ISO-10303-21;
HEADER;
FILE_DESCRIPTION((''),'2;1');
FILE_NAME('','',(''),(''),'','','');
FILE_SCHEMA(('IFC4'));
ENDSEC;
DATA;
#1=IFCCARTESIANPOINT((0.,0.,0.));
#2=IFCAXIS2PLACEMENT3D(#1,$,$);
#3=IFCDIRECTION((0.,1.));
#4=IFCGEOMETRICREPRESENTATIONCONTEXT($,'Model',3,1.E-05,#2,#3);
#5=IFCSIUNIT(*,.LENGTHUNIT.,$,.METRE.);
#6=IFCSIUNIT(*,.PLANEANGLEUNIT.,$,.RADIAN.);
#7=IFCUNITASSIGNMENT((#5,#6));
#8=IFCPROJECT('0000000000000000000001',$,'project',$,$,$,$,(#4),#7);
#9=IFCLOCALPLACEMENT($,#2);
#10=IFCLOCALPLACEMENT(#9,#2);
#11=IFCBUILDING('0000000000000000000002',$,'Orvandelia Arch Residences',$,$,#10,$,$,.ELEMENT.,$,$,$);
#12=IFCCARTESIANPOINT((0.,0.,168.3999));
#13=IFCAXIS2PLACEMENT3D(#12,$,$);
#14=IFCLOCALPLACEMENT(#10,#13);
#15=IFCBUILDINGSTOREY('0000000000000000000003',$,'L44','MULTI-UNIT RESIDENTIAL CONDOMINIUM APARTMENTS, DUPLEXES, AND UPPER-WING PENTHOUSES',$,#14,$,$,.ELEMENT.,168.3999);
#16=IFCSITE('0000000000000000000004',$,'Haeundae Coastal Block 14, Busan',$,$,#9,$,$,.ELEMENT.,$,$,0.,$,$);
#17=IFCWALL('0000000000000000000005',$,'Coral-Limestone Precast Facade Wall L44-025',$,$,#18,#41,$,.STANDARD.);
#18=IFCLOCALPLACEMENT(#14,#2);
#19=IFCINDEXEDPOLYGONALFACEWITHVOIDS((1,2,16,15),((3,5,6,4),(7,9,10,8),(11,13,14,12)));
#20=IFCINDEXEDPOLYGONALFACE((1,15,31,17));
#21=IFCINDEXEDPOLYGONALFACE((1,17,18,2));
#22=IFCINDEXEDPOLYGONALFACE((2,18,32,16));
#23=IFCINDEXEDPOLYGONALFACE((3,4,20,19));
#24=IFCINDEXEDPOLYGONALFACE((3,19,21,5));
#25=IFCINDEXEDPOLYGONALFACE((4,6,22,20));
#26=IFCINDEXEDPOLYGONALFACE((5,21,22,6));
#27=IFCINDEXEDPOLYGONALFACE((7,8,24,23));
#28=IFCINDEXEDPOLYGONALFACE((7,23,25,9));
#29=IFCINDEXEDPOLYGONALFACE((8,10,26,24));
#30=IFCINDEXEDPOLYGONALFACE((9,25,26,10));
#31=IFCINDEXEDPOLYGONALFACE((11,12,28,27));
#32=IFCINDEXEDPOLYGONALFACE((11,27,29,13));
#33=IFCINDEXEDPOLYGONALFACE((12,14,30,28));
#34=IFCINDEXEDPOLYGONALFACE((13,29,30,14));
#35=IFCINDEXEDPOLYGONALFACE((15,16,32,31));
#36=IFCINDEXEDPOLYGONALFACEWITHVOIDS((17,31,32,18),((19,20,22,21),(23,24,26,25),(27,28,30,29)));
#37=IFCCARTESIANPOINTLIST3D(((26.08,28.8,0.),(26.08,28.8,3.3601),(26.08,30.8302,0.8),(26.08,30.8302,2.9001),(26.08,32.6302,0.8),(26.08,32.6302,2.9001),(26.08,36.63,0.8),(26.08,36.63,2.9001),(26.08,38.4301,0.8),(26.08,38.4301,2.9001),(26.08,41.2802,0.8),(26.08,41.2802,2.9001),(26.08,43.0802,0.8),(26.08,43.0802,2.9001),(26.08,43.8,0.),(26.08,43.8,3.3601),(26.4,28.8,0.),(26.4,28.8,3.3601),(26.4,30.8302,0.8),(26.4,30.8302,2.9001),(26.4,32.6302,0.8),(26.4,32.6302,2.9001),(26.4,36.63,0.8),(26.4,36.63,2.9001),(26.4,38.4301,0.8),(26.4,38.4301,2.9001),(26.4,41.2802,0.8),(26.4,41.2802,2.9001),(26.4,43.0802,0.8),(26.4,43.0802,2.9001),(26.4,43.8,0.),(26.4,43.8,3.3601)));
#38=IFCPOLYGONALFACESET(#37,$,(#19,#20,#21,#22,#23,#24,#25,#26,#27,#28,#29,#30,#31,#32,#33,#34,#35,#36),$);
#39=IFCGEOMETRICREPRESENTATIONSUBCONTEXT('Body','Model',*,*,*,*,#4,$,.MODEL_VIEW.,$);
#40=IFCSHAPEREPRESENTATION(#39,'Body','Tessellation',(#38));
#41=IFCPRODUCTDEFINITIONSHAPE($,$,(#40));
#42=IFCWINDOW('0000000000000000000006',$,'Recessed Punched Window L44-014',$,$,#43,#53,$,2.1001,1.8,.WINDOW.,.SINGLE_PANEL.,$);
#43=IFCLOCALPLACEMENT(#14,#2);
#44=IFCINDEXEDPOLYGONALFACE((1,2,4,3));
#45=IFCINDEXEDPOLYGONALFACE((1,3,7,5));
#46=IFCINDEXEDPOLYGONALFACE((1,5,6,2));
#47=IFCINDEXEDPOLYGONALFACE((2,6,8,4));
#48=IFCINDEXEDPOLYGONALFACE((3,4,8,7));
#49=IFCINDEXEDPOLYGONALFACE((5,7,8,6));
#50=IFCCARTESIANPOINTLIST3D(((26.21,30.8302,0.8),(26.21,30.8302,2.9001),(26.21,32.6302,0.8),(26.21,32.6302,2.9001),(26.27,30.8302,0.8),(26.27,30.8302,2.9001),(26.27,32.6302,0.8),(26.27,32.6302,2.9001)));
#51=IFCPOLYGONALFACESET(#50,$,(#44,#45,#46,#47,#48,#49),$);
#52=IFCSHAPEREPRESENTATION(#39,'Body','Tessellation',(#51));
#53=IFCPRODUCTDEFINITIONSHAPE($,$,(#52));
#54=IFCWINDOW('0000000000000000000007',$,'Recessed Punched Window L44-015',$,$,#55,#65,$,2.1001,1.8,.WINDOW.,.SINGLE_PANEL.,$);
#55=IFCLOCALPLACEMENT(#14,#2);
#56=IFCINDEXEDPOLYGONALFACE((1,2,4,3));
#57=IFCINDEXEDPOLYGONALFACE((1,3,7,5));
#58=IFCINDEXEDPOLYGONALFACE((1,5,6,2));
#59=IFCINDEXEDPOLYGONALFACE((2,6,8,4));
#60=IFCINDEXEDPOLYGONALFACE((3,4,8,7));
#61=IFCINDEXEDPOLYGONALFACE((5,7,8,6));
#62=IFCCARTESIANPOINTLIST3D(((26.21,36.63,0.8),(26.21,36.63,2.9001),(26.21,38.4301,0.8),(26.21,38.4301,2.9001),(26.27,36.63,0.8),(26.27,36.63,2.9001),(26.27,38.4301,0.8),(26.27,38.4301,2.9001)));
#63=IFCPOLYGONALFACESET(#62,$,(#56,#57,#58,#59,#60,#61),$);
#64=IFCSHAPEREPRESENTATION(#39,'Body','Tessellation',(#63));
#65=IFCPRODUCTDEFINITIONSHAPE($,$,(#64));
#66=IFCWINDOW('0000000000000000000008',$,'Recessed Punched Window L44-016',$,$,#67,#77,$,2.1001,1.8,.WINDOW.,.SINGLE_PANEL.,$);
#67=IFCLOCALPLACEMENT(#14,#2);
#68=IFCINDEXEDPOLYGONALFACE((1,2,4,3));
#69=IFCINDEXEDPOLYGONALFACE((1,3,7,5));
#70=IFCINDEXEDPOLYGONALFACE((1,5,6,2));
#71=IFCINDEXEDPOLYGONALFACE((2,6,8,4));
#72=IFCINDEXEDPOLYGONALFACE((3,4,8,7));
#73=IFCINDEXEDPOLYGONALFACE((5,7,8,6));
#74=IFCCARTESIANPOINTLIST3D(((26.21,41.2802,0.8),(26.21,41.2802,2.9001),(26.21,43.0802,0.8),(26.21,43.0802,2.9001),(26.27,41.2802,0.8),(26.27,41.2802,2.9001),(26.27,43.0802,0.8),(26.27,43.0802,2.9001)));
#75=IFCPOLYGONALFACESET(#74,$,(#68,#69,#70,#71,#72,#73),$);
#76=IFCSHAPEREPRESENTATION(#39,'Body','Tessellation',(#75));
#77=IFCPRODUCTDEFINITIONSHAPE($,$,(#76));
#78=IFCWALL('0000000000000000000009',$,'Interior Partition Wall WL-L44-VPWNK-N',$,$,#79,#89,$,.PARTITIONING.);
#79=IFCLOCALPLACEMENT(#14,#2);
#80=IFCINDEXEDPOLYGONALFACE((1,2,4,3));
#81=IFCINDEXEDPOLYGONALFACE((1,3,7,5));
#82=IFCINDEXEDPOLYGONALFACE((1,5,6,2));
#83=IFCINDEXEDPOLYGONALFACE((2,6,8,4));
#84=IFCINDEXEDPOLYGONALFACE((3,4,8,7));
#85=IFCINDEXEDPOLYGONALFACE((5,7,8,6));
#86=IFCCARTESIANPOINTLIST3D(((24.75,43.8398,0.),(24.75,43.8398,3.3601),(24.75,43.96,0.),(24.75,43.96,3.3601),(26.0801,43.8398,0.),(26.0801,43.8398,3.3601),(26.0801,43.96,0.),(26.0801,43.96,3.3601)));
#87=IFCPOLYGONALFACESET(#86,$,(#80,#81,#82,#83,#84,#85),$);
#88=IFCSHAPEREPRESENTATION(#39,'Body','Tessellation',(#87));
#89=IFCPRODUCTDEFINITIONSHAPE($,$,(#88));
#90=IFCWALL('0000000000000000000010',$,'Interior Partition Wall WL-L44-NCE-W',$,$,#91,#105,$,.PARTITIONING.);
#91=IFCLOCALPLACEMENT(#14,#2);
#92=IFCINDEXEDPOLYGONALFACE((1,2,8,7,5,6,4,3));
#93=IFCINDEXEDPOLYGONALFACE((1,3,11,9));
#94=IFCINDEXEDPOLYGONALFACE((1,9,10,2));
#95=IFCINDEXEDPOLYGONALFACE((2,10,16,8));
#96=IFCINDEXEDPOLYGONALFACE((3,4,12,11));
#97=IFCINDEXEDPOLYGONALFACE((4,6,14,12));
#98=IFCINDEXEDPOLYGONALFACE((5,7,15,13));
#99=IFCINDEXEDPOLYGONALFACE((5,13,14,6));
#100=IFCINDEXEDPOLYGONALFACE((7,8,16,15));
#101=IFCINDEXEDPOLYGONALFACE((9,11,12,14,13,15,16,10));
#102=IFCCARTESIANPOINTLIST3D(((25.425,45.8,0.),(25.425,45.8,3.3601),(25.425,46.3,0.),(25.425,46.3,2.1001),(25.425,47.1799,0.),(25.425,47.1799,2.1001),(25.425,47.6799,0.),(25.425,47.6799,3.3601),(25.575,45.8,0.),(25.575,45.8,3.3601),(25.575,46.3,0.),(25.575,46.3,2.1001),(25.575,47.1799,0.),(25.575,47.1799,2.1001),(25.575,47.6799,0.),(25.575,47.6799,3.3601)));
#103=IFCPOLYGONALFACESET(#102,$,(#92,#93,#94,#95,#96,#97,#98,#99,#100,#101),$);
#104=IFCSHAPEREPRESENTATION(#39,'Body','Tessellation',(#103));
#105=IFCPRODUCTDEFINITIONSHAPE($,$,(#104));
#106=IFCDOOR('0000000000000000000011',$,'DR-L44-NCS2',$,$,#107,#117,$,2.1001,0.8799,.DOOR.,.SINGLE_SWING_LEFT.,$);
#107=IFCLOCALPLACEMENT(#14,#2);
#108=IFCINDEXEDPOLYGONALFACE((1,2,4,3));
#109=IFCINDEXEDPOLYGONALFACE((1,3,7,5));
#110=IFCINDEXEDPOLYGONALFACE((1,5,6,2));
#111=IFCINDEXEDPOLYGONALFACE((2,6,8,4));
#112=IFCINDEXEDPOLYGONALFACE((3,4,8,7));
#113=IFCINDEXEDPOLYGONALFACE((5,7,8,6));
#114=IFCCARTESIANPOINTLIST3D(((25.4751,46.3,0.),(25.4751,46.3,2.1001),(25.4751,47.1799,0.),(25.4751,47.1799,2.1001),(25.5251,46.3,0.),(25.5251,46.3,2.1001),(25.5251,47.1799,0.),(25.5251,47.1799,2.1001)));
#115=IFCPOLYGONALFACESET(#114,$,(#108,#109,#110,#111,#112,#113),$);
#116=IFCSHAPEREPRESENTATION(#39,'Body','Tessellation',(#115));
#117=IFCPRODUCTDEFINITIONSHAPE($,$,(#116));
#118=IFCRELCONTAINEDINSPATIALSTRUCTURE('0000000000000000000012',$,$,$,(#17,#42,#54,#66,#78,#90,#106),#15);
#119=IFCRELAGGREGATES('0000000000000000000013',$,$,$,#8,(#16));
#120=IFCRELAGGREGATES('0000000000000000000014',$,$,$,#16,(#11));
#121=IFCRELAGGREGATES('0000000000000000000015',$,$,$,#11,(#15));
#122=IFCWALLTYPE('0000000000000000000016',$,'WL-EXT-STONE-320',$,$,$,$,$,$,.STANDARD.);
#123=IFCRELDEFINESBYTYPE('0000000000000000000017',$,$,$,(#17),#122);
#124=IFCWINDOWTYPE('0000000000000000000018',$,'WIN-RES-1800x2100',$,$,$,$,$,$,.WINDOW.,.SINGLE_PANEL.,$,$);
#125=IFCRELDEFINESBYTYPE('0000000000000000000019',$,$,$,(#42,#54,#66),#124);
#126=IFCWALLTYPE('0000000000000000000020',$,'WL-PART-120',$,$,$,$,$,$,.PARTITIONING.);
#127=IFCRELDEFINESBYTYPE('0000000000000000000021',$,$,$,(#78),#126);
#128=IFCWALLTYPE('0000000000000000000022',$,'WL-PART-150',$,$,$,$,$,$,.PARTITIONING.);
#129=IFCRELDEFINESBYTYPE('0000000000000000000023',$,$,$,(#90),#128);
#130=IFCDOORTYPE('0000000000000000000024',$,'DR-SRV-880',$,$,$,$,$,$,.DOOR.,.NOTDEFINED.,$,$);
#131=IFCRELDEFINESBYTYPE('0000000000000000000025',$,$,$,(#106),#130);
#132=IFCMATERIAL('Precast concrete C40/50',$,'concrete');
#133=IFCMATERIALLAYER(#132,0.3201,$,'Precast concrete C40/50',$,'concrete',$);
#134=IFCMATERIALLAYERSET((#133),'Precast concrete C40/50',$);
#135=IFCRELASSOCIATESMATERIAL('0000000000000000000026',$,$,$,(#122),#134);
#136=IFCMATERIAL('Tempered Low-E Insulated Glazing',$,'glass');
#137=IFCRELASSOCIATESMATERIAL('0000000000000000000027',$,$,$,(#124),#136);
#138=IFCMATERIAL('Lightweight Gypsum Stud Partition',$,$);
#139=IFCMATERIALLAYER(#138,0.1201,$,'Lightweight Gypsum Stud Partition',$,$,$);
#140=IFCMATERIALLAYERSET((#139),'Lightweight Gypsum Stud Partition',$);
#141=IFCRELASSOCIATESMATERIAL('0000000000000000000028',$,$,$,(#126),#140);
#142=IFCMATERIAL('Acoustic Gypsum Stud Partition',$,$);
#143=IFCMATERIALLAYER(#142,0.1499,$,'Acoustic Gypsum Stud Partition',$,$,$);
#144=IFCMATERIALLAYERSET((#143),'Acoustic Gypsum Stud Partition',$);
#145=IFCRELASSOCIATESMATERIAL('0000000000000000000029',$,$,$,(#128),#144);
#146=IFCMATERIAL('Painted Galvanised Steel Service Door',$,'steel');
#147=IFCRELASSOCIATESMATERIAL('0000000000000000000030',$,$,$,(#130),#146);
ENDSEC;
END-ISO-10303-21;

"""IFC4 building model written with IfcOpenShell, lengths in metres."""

from ifc_helpers import new_model, si_unit, direction, frame, frame_2d, origin, place, context, subcontext, project, spatial, rectangle, extrude, material, layer, layer_set, type_object, element, fill, save


model = new_model("IFC4")

# Units and contexts
model_context = context("Model", 3, precision=1e-05, world=origin(), true_north=direction((0.0, 1.0)))
body_context = subcontext(model_context, "Body", "Model", "MODEL_VIEW")
ifc_project = project(units=[si_unit("LENGTHUNIT", "METRE"), si_unit("PLANEANGLEUNIT", "RADIAN")], contexts=[model_context])

# Site, building, storey
site_placement = place(None, origin())
site = spatial("IfcSite", under=ifc_project, at=site_placement, Name="Haeundae Coastal Block 14, Busan", CompositionType="ELEMENT", RefElevation=0.0)
building_placement = place(site_placement, origin())
building = spatial("IfcBuilding", under=site, at=building_placement, Name="Orvandelia Arch Residences", CompositionType="ELEMENT")
storey_placement = place(building_placement, frame((0.0, 0.0, 168.3999)))
storey = spatial("IfcBuildingStorey", under=building, at=storey_placement, Name="L44", Description="MULTI-UNIT RESIDENTIAL CONDOMINIUM APARTMENTS, DUPLEXES, AND UPPER-WING PENTHOUSES", CompositionType="ELEMENT", Elevation=168.3999)

# Shared definitions
ifc_material_1 = material(Name="Precast concrete C40/50", Category="concrete")
ifc_layer_1 = layer(ifc_material_1, 0.3201, Name="Precast concrete C40/50", Category="concrete")
ifc_layer_set_1 = layer_set([ifc_layer_1], Name="Precast concrete C40/50")
wall_type_1 = type_object("IfcWallType", Name="WL-EXT-STONE-320", PredefinedType="STANDARD", material=ifc_layer_set_1)
ifc_material_2 = material(Name="Tempered Low-E Insulated Glazing", Category="glass")
window_type = type_object("IfcWindowType", Name="WIN-RES-1800x2100", PartitioningType="SINGLE_PANEL", PredefinedType="WINDOW", material=ifc_material_2)

# Wall, openings, windows
wall_1_placement = place(storey_placement, frame((26.24, 43.8, 0.0), z_axis=(0.0, 0.0, 1.0), x_axis=(0.0, -1.0, 0.0)))
wall_1 = element("IfcWall", 1, at=wall_1_placement, inside=storey, type_object=wall_type_1, Name="Coral-Limestone Precast Facade Wall L44-025", PredefinedType="STANDARD", context=body_context, shape_type="SweptSolid", body=[
    extrude(rectangle(XDim=15.0, YDim=0.3201, at=frame_2d((7.5, 0.0))), origin(), (0.0, 0.0, 1.0), 3.3601),
])
opening_1_placement = place(wall_1_placement, frame((11.1699, 0.0, 0.8)))
opening_1 = element("IfcOpeningElement", 2, at=opening_1_placement, cuts=wall_1, PredefinedType="OPENING", context=body_context, shape_type="SweptSolid", body=[
    extrude(rectangle(XDim=1.8, YDim=2.1001, at=frame_2d((0.8999, 1.05))), frame((0.0, 0.1699, 0.0), z_axis=(0.0, -1.0, 0.0), x_axis=(1.0, 0.0, 0.0)), (0.0, 0.0, 1.0), 0.3401),
])
opening_2_placement = place(wall_1_placement, frame((5.3701, 0.0, 0.8)))
opening_2 = element("IfcOpeningElement", 3, at=opening_2_placement, cuts=wall_1, PredefinedType="OPENING", context=body_context, shape_type="SweptSolid", body=[
    extrude(rectangle(XDim=1.8, YDim=2.1001, at=frame_2d((0.8999, 1.05))), frame((0.0, 0.1699, 0.0), z_axis=(0.0, -1.0, 0.0), x_axis=(1.0, 0.0, 0.0)), (0.0, 0.0, 1.0), 0.3401),
])
opening_3_placement = place(wall_1_placement, frame((0.72, 0.0, 0.8)))
opening_3 = element("IfcOpeningElement", 4, at=opening_3_placement, cuts=wall_1, PredefinedType="OPENING", context=body_context, shape_type="SweptSolid", body=[
    extrude(rectangle(XDim=1.8, YDim=2.1001, at=frame_2d((0.8999, 1.05))), frame((0.0, 0.1699, 0.0), z_axis=(0.0, -1.0, 0.0), x_axis=(1.0, 0.0, 0.0)), (0.0, 0.0, 1.0), 0.3401),
])
window_1_placement = place(opening_1_placement, origin())
window_1 = element("IfcWindow", 5, at=window_1_placement, inside=storey, type_object=window_type, Name="Recessed Punched Window L44-014", OverallHeight=2.1001, OverallWidth=1.8, PartitioningType="SINGLE_PANEL", PredefinedType="WINDOW", context=body_context, shape_type="SweptSolid", body=[
    extrude(rectangle(XDim=1.8, YDim=2.1001, at=frame_2d((0.8999, 1.05))), frame((0.0, 0.03, 0.0), z_axis=(0.0, -1.0, 0.0), x_axis=(1.0, 0.0, 0.0)), (0.0, 0.0, 1.0), 0.0601),
])
fill(opening_1, window_1)
window_2_placement = place(opening_2_placement, origin())
window_2 = element("IfcWindow", 6, at=window_2_placement, inside=storey, type_object=window_type, Name="Recessed Punched Window L44-015", OverallHeight=2.1001, OverallWidth=1.8, PartitioningType="SINGLE_PANEL", PredefinedType="WINDOW", context=body_context, shape_type="SweptSolid", body=[
    extrude(rectangle(XDim=1.8, YDim=2.1001, at=frame_2d((0.8999, 1.05))), frame((0.0, 0.03, 0.0), z_axis=(0.0, -1.0, 0.0), x_axis=(1.0, 0.0, 0.0)), (0.0, 0.0, 1.0), 0.0601),
])
fill(opening_2, window_2)
window_3_placement = place(opening_3_placement, origin())
window_3 = element("IfcWindow", 7, at=window_3_placement, inside=storey, type_object=window_type, Name="Recessed Punched Window L44-016", OverallHeight=2.1001, OverallWidth=1.8, PartitioningType="SINGLE_PANEL", PredefinedType="WINDOW", context=body_context, shape_type="SweptSolid", body=[
    extrude(rectangle(XDim=1.8, YDim=2.1001, at=frame_2d((0.8999, 1.05))), frame((0.0, 0.03, 0.0), z_axis=(0.0, -1.0, 0.0), x_axis=(1.0, 0.0, 0.0)), (0.0, 0.0, 1.0), 0.0601),
])
fill(opening_3, window_3)

# Wall
ifc_material_3 = material(Name="Lightweight Gypsum Stud Partition")
ifc_layer_2 = layer(ifc_material_3, 0.1201, Name="Lightweight Gypsum Stud Partition")
ifc_layer_set_2 = layer_set([ifc_layer_2], Name="Lightweight Gypsum Stud Partition")
wall_type_2 = type_object("IfcWallType", Name="WL-PART-120", PredefinedType="PARTITIONING", material=ifc_layer_set_2)
wall_2_placement = place(storey_placement, frame((24.75, 43.8999, 0.0), z_axis=(0.0, 0.0, 1.0), x_axis=(1.0, 0.0, 0.0)))
element("IfcWall", 8, at=wall_2_placement, inside=storey, type_object=wall_type_2, Name="Interior Partition Wall WL-L44-VPWNK-N", PredefinedType="PARTITIONING", context=body_context, shape_type="SweptSolid", body=[
    extrude(rectangle(XDim=1.3301, YDim=0.1201, at=frame_2d((0.665, 0.0))), origin(), (0.0, 0.0, 1.0), 3.3601),
])

# Wall, opening, door
ifc_material_4 = material(Name="Acoustic Gypsum Stud Partition")
ifc_layer_3 = layer(ifc_material_4, 0.1499, Name="Acoustic Gypsum Stud Partition")
ifc_layer_set_3 = layer_set([ifc_layer_3], Name="Acoustic Gypsum Stud Partition")
wall_type_3 = type_object("IfcWallType", Name="WL-PART-150", PredefinedType="PARTITIONING", material=ifc_layer_set_3)
wall_3_placement = place(storey_placement, frame((25.5, 45.8, 0.0), z_axis=(0.0, 0.0, 1.0), x_axis=(0.0, 1.0, 0.0)))
wall_3 = element("IfcWall", 9, at=wall_3_placement, inside=storey, type_object=wall_type_3, Name="Interior Partition Wall WL-L44-NCE-W", PredefinedType="PARTITIONING", context=body_context, shape_type="SweptSolid", body=[
    extrude(rectangle(XDim=1.8799, YDim=0.1499, at=frame_2d((0.9399, 0.0))), origin(), (0.0, 0.0, 1.0), 3.3601),
])
opening_4_placement = place(wall_3_placement, frame((0.5, 0.0, 0.0)))
opening_4 = element("IfcOpeningElement", 10, at=opening_4_placement, cuts=wall_3, PredefinedType="OPENING", context=body_context, shape_type="SweptSolid", body=[
    extrude(rectangle(XDim=0.8799, YDim=2.1001, at=frame_2d((0.4399, 1.05))), frame((0.0, 0.085, 0.0), z_axis=(0.0, -1.0, 0.0), x_axis=(1.0, 0.0, 0.0)), (0.0, 0.0, 1.0), 0.1699),
])
ifc_material_5 = material(Name="Painted Galvanised Steel Service Door", Category="steel")
door_type_1 = type_object("IfcDoorType", Name="DR-SRV-880", OperationType="NOTDEFINED", PredefinedType="DOOR", material=ifc_material_5)
door_1_placement = place(opening_4_placement, origin())
door_1 = element("IfcDoor", 11, at=door_1_placement, inside=storey, type_object=door_type_1, Name="DR-L44-NCS2", OperationType="SINGLE_SWING_LEFT", OverallHeight=2.1001, OverallWidth=0.8799, PredefinedType="DOOR", context=body_context, shape_type="SweptSolid", body=[
    extrude(rectangle(XDim=0.8799, YDim=2.1001, at=frame_2d((0.4399, 1.05))), frame((0.0, 0.0249, 0.0), z_axis=(0.0, -1.0, 0.0), x_axis=(1.0, 0.0, 0.0)), (0.0, 0.0, 1.0), 0.05),
])
fill(opening_4, door_1)

save(model, "model.ifc")
